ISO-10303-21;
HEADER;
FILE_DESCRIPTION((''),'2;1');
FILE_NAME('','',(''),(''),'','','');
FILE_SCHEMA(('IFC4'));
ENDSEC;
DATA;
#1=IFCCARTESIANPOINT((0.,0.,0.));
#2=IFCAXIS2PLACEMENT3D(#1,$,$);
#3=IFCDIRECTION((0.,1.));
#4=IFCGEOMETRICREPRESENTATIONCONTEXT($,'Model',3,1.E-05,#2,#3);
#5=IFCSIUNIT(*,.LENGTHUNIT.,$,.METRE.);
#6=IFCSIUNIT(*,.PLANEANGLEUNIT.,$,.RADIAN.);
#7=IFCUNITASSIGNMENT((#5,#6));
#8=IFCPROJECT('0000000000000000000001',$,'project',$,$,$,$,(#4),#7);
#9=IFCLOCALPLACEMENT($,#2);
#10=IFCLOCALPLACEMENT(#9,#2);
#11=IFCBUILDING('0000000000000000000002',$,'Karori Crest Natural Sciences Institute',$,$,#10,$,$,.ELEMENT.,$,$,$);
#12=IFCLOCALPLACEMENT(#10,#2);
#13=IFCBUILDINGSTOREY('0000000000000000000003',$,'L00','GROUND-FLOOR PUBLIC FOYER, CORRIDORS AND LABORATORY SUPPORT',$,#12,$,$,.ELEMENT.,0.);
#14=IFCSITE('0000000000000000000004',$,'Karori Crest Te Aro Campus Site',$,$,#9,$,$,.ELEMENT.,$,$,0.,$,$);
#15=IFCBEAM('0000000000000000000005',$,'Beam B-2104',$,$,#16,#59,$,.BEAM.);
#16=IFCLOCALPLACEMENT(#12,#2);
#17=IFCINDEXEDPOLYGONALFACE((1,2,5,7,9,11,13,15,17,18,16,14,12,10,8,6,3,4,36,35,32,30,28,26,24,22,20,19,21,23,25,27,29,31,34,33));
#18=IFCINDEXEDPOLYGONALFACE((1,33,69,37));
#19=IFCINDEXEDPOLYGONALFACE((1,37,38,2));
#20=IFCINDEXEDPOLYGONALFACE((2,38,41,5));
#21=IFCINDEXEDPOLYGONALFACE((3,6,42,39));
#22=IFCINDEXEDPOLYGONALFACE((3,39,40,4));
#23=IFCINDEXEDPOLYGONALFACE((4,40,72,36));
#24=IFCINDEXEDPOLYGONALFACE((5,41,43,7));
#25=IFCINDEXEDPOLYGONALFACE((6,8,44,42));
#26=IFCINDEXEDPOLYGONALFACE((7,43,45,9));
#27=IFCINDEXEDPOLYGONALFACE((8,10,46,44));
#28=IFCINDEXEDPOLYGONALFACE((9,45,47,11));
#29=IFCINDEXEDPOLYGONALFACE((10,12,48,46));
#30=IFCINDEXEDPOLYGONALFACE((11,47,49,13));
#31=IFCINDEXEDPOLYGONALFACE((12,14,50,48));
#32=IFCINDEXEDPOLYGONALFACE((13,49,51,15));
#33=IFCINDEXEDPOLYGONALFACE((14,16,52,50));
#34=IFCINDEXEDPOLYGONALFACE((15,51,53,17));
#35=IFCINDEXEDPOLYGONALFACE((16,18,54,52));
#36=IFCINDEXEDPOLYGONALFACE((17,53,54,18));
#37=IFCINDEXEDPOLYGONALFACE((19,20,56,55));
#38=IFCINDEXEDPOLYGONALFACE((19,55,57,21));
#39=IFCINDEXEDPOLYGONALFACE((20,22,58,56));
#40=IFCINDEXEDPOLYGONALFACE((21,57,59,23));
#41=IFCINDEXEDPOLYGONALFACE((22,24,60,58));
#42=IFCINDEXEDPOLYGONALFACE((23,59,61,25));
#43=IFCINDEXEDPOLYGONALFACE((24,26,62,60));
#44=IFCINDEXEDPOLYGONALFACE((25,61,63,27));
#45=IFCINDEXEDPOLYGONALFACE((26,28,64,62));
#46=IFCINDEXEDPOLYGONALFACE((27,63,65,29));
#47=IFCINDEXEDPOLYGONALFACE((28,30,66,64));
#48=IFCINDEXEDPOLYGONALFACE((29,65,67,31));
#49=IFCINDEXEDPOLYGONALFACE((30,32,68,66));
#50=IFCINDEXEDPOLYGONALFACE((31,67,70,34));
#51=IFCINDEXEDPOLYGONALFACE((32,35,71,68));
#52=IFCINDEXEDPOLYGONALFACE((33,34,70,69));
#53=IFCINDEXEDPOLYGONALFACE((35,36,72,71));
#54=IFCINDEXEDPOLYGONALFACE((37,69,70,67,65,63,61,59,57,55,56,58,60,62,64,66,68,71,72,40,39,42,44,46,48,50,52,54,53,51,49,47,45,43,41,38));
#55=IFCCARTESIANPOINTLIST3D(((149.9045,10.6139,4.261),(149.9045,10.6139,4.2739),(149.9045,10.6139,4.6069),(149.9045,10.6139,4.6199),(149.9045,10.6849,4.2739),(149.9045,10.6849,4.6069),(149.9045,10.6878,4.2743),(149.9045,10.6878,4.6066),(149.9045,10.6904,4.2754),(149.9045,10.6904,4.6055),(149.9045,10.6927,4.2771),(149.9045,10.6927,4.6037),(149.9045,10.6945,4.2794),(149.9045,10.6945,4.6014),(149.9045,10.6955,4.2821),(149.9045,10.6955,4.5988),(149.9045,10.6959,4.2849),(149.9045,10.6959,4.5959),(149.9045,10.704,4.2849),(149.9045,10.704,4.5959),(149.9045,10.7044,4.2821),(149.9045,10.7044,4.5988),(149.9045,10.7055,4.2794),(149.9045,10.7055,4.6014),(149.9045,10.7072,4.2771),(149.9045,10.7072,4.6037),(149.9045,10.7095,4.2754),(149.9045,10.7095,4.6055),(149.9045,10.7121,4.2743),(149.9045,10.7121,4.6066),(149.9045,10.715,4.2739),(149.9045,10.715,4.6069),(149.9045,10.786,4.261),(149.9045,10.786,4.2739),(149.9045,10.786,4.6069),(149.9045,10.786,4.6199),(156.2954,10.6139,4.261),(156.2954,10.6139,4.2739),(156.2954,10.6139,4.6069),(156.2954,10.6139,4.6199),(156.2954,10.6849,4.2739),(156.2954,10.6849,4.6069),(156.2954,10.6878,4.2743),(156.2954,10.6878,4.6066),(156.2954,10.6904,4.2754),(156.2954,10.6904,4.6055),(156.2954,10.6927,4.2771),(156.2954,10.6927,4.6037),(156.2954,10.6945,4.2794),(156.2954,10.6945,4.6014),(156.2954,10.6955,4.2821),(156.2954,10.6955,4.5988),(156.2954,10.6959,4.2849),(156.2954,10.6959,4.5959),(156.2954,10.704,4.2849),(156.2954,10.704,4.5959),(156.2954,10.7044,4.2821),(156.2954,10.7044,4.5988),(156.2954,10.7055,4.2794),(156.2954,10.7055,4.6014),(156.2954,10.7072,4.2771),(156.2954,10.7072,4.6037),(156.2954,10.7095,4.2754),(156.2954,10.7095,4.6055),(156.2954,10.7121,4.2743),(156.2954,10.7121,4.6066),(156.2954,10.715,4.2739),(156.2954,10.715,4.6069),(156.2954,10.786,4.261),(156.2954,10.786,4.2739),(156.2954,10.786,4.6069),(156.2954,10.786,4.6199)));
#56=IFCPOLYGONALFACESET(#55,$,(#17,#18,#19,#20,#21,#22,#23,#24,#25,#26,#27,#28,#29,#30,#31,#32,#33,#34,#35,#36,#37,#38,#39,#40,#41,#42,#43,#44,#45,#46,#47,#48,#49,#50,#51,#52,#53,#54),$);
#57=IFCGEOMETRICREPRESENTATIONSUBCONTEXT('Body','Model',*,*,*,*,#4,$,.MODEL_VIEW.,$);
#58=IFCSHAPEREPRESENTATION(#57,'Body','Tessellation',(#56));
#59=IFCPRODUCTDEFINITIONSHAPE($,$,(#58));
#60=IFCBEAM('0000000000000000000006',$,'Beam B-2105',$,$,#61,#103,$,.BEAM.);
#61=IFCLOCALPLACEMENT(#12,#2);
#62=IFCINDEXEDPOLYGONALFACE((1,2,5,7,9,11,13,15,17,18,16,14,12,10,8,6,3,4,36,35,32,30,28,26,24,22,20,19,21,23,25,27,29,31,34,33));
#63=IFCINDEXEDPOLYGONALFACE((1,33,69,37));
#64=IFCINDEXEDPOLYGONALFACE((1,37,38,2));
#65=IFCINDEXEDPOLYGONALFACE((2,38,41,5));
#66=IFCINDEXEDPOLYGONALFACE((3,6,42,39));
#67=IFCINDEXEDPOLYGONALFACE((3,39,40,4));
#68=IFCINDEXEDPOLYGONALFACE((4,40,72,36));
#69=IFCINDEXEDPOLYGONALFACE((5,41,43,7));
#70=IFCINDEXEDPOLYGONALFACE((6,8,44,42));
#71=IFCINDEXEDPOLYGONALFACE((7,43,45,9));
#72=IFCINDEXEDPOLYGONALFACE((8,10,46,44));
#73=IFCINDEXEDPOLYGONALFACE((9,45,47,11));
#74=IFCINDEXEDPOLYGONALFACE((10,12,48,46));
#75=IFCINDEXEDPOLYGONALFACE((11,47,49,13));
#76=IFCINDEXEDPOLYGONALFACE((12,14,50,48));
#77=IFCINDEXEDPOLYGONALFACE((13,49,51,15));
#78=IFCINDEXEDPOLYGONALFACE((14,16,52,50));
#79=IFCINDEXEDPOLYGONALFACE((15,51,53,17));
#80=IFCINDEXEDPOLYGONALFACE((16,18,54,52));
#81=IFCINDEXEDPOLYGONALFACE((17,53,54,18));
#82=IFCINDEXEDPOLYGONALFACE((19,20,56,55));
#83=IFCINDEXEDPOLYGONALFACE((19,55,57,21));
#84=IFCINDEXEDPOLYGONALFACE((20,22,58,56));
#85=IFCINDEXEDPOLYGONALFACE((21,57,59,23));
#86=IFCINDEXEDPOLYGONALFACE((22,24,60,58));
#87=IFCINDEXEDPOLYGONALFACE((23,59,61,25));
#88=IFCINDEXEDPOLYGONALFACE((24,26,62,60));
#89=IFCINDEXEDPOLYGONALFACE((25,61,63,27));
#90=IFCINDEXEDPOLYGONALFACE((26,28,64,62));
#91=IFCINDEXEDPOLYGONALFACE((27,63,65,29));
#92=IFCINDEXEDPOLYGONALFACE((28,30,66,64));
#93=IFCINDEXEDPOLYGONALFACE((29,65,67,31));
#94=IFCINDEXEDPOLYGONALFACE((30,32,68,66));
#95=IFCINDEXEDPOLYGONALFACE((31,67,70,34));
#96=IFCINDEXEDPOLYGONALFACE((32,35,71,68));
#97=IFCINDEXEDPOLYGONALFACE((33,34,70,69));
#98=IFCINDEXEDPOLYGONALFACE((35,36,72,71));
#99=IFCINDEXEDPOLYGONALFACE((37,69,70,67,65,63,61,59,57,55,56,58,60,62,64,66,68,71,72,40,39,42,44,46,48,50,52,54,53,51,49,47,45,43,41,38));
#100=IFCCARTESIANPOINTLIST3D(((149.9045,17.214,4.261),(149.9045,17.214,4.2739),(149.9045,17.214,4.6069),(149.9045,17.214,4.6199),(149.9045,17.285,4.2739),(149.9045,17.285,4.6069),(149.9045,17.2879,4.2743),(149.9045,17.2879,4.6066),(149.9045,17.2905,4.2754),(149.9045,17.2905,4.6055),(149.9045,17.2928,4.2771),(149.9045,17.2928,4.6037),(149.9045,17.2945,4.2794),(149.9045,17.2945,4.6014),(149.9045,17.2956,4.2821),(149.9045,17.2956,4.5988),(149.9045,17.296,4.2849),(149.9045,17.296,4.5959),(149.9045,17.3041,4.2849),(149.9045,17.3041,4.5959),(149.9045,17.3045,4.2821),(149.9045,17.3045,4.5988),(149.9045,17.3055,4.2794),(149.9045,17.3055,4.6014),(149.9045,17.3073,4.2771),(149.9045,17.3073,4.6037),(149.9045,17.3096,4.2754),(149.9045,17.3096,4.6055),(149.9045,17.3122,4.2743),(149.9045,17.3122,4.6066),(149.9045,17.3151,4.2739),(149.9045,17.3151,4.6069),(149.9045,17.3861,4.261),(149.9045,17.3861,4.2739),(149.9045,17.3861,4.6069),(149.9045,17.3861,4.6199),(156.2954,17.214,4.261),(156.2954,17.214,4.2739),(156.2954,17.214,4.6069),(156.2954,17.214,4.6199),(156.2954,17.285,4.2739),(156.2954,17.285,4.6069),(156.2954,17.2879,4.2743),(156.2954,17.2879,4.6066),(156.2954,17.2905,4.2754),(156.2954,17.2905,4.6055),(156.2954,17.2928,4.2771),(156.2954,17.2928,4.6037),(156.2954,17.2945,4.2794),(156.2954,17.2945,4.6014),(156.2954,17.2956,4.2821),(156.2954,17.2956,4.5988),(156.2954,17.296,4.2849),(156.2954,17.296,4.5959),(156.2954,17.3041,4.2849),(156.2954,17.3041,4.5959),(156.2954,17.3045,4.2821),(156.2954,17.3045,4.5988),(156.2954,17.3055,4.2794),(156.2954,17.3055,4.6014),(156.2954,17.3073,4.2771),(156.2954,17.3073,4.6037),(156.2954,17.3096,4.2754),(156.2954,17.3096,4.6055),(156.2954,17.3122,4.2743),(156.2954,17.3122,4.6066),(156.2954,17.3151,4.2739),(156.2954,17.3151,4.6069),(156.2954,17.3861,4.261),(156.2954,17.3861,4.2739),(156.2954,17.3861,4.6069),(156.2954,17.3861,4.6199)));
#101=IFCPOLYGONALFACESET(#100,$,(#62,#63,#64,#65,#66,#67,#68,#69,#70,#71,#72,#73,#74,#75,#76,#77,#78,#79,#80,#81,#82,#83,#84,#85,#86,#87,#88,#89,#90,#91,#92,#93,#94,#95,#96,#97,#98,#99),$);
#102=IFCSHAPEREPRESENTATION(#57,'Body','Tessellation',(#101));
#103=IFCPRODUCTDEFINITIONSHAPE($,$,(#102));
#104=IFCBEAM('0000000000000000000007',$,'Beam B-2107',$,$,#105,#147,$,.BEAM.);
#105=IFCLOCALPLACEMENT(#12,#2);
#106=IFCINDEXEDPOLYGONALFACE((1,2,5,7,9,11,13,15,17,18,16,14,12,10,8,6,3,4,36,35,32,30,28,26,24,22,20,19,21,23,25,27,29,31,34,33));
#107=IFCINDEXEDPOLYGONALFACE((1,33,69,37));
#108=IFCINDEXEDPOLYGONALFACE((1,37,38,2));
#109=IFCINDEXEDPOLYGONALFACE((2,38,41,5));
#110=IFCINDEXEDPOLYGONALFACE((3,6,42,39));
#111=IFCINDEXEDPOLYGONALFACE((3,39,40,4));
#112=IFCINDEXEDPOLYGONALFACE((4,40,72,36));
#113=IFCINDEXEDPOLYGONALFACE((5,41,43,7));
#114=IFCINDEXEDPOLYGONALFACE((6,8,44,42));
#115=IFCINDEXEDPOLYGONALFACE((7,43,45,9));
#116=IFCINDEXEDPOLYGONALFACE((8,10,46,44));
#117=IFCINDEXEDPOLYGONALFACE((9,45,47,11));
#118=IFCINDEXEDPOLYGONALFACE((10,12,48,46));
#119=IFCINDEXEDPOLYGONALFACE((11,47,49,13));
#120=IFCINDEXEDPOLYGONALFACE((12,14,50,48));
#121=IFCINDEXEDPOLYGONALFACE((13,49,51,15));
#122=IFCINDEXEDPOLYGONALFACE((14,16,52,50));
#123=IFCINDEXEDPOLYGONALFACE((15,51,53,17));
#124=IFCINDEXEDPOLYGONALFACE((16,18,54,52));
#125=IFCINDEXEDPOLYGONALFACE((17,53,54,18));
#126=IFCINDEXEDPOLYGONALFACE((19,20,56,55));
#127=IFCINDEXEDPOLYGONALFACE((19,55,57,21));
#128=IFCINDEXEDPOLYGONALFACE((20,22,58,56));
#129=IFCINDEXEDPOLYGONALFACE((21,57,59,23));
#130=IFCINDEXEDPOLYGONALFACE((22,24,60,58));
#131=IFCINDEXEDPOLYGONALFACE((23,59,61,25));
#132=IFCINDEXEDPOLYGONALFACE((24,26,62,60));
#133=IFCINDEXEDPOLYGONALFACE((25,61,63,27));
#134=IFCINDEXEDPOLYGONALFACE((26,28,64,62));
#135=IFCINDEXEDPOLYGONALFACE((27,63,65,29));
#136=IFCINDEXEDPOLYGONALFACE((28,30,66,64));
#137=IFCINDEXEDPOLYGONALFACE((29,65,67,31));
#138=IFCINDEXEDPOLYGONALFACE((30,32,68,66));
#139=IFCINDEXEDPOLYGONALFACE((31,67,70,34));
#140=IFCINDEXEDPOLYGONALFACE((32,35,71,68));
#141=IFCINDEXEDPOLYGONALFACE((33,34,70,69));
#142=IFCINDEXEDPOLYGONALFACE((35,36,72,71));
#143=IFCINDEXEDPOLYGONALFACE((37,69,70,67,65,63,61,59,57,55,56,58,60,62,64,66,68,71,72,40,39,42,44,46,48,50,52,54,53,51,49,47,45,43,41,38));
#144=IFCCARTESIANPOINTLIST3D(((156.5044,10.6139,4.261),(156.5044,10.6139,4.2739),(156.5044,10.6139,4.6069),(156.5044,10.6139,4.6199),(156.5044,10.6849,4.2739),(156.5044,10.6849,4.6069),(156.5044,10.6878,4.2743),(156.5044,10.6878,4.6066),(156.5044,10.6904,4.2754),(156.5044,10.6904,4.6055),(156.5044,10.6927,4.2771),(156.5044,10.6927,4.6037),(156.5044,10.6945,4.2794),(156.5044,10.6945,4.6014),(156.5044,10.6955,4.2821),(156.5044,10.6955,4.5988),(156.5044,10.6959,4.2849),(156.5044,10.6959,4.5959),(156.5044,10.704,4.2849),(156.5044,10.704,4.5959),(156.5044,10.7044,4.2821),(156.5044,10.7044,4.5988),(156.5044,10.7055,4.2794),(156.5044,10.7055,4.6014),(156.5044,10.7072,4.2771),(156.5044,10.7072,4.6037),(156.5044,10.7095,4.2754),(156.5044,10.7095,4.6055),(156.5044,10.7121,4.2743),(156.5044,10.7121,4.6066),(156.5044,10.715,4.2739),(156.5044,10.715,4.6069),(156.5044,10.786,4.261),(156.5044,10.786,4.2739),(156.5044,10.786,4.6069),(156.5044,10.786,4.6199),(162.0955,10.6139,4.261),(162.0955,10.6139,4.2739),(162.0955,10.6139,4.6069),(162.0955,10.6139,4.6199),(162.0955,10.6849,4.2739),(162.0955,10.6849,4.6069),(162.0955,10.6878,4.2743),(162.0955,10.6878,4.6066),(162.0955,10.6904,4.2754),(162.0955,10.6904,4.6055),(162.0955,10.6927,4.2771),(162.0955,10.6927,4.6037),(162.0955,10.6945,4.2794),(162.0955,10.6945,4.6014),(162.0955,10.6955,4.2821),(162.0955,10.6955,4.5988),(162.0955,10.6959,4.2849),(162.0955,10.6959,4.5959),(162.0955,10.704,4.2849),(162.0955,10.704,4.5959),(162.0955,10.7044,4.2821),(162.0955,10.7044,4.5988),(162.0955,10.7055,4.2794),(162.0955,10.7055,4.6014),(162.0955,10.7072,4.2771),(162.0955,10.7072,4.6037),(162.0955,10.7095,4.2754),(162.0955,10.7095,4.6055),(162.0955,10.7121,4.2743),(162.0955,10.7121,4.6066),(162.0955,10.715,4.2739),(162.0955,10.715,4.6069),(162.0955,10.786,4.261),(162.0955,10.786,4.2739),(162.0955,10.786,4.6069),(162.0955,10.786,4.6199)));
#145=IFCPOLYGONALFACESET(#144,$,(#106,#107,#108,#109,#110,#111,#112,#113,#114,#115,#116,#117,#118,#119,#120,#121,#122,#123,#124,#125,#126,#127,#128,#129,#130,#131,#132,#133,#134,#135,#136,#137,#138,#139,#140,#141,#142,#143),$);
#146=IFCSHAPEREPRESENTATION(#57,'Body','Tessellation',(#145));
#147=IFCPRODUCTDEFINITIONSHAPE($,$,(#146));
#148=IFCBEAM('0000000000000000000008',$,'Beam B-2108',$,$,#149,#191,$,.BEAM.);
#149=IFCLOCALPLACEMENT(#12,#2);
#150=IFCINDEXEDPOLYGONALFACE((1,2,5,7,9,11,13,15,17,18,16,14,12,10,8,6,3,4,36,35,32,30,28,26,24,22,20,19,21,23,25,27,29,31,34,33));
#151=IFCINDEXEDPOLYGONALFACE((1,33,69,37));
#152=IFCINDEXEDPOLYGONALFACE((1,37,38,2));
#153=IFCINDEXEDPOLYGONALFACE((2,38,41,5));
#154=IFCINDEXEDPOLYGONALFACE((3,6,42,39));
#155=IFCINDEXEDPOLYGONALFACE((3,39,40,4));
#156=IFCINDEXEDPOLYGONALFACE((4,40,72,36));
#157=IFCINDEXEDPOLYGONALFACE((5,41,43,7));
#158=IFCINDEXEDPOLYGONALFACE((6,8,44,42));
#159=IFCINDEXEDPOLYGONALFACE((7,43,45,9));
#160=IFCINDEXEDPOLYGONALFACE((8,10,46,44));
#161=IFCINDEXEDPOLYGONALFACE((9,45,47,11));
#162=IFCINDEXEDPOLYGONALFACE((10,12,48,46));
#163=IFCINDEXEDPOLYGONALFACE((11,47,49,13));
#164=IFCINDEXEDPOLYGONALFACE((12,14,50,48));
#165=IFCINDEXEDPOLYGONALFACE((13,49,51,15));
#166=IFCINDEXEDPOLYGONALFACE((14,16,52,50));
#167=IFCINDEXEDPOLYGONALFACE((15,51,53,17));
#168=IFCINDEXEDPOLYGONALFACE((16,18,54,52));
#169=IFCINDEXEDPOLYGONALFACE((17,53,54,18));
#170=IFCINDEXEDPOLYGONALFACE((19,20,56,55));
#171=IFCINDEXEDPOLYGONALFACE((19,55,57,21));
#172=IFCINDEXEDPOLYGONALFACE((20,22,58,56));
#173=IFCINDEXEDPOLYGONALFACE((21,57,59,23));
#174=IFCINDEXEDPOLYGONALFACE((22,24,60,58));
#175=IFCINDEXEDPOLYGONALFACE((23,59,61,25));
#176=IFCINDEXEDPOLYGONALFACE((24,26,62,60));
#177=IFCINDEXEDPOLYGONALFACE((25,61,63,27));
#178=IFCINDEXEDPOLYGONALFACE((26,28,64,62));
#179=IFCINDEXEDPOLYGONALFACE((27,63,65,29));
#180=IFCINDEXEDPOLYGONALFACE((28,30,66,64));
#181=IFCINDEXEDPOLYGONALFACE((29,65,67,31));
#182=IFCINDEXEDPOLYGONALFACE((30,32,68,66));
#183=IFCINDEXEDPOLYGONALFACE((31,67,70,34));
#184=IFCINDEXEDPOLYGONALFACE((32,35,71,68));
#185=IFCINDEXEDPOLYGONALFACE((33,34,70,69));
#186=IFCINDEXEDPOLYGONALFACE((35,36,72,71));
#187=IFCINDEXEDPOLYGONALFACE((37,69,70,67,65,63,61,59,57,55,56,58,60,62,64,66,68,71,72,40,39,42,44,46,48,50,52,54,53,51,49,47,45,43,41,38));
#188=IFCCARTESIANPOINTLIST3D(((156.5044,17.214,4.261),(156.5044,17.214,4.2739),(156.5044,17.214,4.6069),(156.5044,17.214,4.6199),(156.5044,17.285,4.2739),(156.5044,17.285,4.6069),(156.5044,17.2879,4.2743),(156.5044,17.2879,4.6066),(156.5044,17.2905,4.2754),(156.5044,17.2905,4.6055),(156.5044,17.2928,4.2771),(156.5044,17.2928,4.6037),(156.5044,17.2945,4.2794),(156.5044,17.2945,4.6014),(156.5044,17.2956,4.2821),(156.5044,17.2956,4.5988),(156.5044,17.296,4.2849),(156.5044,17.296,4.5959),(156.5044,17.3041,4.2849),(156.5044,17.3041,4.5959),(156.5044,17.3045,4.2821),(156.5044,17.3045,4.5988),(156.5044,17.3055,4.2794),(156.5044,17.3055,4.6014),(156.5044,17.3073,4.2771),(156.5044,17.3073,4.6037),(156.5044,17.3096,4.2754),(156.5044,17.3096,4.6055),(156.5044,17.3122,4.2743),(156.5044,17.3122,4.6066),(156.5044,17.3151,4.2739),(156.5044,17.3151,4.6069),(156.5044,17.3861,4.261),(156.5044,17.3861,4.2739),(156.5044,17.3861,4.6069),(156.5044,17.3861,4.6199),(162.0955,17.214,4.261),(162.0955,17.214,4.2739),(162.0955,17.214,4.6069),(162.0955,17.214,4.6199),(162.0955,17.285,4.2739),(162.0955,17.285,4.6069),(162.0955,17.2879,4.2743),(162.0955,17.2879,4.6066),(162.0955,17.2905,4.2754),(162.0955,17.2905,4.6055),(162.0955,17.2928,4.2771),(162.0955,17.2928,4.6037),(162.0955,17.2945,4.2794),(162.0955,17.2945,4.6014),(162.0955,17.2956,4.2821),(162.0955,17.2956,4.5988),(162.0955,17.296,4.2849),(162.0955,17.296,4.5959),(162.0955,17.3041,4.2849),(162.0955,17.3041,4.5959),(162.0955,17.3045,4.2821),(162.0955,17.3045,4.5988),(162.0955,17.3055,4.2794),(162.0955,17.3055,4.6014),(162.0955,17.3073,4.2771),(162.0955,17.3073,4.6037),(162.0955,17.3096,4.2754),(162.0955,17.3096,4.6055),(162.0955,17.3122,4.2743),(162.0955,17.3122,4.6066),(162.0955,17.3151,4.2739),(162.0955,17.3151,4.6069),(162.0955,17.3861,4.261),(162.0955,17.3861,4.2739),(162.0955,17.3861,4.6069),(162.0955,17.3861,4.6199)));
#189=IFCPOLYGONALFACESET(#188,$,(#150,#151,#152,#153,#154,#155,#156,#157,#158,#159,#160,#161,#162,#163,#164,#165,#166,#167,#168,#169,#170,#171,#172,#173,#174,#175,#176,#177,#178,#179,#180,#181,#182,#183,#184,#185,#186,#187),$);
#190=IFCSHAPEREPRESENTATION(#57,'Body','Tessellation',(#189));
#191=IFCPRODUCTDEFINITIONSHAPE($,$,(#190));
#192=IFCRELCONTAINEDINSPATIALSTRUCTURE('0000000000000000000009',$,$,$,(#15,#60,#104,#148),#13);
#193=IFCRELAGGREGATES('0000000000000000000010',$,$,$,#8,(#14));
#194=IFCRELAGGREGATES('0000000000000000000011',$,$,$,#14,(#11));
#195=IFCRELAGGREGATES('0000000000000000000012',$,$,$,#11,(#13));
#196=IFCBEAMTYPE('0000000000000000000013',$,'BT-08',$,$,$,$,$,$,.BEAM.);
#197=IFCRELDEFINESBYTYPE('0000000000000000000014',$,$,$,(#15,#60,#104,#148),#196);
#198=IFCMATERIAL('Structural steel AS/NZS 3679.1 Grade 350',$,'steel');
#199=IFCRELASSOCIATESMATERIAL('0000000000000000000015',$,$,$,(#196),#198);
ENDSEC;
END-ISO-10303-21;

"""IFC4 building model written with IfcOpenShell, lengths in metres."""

from ifc_helpers import new_model, si_unit, direction, frame, origin, origin_2d, place, context, subcontext, project, spatial, i_section, extrude, material, material_profile, profile_set, type_object, element, save


model = new_model("IFC4")

# Units and contexts
model_context = context("Model", 3, precision=1e-05, world=origin(), true_north=direction((0.0, 1.0)))
body_context = subcontext(model_context, "Body", "Model", "MODEL_VIEW")
ifc_project = project(units=[si_unit("LENGTHUNIT", "METRE"), si_unit("PLANEANGLEUNIT", "RADIAN")], contexts=[model_context])

# Site, building, storey
site_placement = place(None, origin())
site = spatial("IfcSite", under=ifc_project, at=site_placement, Name="Karori Crest Te Aro Campus Site", CompositionType="ELEMENT", RefElevation=0.0)
building_placement = place(site_placement, origin())
building = spatial("IfcBuilding", under=site, at=building_placement, Name="Karori Crest Natural Sciences Institute", CompositionType="ELEMENT")
storey_placement = place(building_placement, origin())
storey = spatial("IfcBuildingStorey", under=building, at=storey_placement, Name="L00", Description="GROUND-FLOOR PUBLIC FOYER, CORRIDORS AND LABORATORY SUPPORT", CompositionType="ELEMENT", Elevation=0.0)

# Shared definitions
ifc_material_1 = material(Name="Structural steel AS/NZS 3679.1 Grade 350", Category="steel")

# Beams
ifc_material_profile_1 = material_profile(ifc_material_1, i_section(OverallWidth=0.1721, OverallDepth=0.3589, WebThickness=0.0081, FlangeThickness=0.0129, FilletRadius=0.011, at=origin_2d()), Name="360UB56.7")
ifc_profile_set_1 = profile_set([ifc_material_profile_1], Name="Structural steel AS/NZS 3679.1 Grade 350")
beam_type_1 = type_object("IfcBeamType", Name="BT-08", PredefinedType="BEAM", material=ifc_profile_set_1)
for number, where, z_axis, x_axis, name in (
    (1, (149.9045, 10.7, 4.4404), (1.0, 0.0, 0.0), (0.0, 1.0, 0.0), "Beam B-2104"),
    (2, (149.9045, 17.3, 4.4404), (1.0, 0.0, 0.0), (0.0, 1.0, 0.0), "Beam B-2105"),
):
    element("IfcBeam", number, at=place(storey_placement, frame(where, z_axis=z_axis, x_axis=x_axis)), inside=storey, type_object=beam_type_1, Name=name, PredefinedType="BEAM", context=body_context, shape_type="SweptSolid", body=[
        extrude(i_section(OverallWidth=0.1721, OverallDepth=0.3589, WebThickness=0.0081, FlangeThickness=0.0129, FilletRadius=0.011, at=origin_2d()), origin(), (0.0, 0.0, 1.0), 6.3909),
    ])
for number, where, z_axis, x_axis, name in (
    (3, (156.5044, 10.7, 4.4404), (1.0, 0.0, 0.0), (0.0, 1.0, 0.0), "Beam B-2107"),
    (4, (156.5044, 17.3, 4.4404), (1.0, 0.0, 0.0), (0.0, 1.0, 0.0), "Beam B-2108"),
):
    element("IfcBeam", number, at=place(storey_placement, frame(where, z_axis=z_axis, x_axis=x_axis)), inside=storey, type_object=beam_type_1, Name=name, PredefinedType="BEAM", context=body_context, shape_type="SweptSolid", body=[
        extrude(i_section(OverallWidth=0.1721, OverallDepth=0.3589, WebThickness=0.0081, FlangeThickness=0.0129, FilletRadius=0.011, at=origin_2d()), origin(), (0.0, 0.0, 1.0), 5.5911),
    ])

save(model, "model.ifc")
